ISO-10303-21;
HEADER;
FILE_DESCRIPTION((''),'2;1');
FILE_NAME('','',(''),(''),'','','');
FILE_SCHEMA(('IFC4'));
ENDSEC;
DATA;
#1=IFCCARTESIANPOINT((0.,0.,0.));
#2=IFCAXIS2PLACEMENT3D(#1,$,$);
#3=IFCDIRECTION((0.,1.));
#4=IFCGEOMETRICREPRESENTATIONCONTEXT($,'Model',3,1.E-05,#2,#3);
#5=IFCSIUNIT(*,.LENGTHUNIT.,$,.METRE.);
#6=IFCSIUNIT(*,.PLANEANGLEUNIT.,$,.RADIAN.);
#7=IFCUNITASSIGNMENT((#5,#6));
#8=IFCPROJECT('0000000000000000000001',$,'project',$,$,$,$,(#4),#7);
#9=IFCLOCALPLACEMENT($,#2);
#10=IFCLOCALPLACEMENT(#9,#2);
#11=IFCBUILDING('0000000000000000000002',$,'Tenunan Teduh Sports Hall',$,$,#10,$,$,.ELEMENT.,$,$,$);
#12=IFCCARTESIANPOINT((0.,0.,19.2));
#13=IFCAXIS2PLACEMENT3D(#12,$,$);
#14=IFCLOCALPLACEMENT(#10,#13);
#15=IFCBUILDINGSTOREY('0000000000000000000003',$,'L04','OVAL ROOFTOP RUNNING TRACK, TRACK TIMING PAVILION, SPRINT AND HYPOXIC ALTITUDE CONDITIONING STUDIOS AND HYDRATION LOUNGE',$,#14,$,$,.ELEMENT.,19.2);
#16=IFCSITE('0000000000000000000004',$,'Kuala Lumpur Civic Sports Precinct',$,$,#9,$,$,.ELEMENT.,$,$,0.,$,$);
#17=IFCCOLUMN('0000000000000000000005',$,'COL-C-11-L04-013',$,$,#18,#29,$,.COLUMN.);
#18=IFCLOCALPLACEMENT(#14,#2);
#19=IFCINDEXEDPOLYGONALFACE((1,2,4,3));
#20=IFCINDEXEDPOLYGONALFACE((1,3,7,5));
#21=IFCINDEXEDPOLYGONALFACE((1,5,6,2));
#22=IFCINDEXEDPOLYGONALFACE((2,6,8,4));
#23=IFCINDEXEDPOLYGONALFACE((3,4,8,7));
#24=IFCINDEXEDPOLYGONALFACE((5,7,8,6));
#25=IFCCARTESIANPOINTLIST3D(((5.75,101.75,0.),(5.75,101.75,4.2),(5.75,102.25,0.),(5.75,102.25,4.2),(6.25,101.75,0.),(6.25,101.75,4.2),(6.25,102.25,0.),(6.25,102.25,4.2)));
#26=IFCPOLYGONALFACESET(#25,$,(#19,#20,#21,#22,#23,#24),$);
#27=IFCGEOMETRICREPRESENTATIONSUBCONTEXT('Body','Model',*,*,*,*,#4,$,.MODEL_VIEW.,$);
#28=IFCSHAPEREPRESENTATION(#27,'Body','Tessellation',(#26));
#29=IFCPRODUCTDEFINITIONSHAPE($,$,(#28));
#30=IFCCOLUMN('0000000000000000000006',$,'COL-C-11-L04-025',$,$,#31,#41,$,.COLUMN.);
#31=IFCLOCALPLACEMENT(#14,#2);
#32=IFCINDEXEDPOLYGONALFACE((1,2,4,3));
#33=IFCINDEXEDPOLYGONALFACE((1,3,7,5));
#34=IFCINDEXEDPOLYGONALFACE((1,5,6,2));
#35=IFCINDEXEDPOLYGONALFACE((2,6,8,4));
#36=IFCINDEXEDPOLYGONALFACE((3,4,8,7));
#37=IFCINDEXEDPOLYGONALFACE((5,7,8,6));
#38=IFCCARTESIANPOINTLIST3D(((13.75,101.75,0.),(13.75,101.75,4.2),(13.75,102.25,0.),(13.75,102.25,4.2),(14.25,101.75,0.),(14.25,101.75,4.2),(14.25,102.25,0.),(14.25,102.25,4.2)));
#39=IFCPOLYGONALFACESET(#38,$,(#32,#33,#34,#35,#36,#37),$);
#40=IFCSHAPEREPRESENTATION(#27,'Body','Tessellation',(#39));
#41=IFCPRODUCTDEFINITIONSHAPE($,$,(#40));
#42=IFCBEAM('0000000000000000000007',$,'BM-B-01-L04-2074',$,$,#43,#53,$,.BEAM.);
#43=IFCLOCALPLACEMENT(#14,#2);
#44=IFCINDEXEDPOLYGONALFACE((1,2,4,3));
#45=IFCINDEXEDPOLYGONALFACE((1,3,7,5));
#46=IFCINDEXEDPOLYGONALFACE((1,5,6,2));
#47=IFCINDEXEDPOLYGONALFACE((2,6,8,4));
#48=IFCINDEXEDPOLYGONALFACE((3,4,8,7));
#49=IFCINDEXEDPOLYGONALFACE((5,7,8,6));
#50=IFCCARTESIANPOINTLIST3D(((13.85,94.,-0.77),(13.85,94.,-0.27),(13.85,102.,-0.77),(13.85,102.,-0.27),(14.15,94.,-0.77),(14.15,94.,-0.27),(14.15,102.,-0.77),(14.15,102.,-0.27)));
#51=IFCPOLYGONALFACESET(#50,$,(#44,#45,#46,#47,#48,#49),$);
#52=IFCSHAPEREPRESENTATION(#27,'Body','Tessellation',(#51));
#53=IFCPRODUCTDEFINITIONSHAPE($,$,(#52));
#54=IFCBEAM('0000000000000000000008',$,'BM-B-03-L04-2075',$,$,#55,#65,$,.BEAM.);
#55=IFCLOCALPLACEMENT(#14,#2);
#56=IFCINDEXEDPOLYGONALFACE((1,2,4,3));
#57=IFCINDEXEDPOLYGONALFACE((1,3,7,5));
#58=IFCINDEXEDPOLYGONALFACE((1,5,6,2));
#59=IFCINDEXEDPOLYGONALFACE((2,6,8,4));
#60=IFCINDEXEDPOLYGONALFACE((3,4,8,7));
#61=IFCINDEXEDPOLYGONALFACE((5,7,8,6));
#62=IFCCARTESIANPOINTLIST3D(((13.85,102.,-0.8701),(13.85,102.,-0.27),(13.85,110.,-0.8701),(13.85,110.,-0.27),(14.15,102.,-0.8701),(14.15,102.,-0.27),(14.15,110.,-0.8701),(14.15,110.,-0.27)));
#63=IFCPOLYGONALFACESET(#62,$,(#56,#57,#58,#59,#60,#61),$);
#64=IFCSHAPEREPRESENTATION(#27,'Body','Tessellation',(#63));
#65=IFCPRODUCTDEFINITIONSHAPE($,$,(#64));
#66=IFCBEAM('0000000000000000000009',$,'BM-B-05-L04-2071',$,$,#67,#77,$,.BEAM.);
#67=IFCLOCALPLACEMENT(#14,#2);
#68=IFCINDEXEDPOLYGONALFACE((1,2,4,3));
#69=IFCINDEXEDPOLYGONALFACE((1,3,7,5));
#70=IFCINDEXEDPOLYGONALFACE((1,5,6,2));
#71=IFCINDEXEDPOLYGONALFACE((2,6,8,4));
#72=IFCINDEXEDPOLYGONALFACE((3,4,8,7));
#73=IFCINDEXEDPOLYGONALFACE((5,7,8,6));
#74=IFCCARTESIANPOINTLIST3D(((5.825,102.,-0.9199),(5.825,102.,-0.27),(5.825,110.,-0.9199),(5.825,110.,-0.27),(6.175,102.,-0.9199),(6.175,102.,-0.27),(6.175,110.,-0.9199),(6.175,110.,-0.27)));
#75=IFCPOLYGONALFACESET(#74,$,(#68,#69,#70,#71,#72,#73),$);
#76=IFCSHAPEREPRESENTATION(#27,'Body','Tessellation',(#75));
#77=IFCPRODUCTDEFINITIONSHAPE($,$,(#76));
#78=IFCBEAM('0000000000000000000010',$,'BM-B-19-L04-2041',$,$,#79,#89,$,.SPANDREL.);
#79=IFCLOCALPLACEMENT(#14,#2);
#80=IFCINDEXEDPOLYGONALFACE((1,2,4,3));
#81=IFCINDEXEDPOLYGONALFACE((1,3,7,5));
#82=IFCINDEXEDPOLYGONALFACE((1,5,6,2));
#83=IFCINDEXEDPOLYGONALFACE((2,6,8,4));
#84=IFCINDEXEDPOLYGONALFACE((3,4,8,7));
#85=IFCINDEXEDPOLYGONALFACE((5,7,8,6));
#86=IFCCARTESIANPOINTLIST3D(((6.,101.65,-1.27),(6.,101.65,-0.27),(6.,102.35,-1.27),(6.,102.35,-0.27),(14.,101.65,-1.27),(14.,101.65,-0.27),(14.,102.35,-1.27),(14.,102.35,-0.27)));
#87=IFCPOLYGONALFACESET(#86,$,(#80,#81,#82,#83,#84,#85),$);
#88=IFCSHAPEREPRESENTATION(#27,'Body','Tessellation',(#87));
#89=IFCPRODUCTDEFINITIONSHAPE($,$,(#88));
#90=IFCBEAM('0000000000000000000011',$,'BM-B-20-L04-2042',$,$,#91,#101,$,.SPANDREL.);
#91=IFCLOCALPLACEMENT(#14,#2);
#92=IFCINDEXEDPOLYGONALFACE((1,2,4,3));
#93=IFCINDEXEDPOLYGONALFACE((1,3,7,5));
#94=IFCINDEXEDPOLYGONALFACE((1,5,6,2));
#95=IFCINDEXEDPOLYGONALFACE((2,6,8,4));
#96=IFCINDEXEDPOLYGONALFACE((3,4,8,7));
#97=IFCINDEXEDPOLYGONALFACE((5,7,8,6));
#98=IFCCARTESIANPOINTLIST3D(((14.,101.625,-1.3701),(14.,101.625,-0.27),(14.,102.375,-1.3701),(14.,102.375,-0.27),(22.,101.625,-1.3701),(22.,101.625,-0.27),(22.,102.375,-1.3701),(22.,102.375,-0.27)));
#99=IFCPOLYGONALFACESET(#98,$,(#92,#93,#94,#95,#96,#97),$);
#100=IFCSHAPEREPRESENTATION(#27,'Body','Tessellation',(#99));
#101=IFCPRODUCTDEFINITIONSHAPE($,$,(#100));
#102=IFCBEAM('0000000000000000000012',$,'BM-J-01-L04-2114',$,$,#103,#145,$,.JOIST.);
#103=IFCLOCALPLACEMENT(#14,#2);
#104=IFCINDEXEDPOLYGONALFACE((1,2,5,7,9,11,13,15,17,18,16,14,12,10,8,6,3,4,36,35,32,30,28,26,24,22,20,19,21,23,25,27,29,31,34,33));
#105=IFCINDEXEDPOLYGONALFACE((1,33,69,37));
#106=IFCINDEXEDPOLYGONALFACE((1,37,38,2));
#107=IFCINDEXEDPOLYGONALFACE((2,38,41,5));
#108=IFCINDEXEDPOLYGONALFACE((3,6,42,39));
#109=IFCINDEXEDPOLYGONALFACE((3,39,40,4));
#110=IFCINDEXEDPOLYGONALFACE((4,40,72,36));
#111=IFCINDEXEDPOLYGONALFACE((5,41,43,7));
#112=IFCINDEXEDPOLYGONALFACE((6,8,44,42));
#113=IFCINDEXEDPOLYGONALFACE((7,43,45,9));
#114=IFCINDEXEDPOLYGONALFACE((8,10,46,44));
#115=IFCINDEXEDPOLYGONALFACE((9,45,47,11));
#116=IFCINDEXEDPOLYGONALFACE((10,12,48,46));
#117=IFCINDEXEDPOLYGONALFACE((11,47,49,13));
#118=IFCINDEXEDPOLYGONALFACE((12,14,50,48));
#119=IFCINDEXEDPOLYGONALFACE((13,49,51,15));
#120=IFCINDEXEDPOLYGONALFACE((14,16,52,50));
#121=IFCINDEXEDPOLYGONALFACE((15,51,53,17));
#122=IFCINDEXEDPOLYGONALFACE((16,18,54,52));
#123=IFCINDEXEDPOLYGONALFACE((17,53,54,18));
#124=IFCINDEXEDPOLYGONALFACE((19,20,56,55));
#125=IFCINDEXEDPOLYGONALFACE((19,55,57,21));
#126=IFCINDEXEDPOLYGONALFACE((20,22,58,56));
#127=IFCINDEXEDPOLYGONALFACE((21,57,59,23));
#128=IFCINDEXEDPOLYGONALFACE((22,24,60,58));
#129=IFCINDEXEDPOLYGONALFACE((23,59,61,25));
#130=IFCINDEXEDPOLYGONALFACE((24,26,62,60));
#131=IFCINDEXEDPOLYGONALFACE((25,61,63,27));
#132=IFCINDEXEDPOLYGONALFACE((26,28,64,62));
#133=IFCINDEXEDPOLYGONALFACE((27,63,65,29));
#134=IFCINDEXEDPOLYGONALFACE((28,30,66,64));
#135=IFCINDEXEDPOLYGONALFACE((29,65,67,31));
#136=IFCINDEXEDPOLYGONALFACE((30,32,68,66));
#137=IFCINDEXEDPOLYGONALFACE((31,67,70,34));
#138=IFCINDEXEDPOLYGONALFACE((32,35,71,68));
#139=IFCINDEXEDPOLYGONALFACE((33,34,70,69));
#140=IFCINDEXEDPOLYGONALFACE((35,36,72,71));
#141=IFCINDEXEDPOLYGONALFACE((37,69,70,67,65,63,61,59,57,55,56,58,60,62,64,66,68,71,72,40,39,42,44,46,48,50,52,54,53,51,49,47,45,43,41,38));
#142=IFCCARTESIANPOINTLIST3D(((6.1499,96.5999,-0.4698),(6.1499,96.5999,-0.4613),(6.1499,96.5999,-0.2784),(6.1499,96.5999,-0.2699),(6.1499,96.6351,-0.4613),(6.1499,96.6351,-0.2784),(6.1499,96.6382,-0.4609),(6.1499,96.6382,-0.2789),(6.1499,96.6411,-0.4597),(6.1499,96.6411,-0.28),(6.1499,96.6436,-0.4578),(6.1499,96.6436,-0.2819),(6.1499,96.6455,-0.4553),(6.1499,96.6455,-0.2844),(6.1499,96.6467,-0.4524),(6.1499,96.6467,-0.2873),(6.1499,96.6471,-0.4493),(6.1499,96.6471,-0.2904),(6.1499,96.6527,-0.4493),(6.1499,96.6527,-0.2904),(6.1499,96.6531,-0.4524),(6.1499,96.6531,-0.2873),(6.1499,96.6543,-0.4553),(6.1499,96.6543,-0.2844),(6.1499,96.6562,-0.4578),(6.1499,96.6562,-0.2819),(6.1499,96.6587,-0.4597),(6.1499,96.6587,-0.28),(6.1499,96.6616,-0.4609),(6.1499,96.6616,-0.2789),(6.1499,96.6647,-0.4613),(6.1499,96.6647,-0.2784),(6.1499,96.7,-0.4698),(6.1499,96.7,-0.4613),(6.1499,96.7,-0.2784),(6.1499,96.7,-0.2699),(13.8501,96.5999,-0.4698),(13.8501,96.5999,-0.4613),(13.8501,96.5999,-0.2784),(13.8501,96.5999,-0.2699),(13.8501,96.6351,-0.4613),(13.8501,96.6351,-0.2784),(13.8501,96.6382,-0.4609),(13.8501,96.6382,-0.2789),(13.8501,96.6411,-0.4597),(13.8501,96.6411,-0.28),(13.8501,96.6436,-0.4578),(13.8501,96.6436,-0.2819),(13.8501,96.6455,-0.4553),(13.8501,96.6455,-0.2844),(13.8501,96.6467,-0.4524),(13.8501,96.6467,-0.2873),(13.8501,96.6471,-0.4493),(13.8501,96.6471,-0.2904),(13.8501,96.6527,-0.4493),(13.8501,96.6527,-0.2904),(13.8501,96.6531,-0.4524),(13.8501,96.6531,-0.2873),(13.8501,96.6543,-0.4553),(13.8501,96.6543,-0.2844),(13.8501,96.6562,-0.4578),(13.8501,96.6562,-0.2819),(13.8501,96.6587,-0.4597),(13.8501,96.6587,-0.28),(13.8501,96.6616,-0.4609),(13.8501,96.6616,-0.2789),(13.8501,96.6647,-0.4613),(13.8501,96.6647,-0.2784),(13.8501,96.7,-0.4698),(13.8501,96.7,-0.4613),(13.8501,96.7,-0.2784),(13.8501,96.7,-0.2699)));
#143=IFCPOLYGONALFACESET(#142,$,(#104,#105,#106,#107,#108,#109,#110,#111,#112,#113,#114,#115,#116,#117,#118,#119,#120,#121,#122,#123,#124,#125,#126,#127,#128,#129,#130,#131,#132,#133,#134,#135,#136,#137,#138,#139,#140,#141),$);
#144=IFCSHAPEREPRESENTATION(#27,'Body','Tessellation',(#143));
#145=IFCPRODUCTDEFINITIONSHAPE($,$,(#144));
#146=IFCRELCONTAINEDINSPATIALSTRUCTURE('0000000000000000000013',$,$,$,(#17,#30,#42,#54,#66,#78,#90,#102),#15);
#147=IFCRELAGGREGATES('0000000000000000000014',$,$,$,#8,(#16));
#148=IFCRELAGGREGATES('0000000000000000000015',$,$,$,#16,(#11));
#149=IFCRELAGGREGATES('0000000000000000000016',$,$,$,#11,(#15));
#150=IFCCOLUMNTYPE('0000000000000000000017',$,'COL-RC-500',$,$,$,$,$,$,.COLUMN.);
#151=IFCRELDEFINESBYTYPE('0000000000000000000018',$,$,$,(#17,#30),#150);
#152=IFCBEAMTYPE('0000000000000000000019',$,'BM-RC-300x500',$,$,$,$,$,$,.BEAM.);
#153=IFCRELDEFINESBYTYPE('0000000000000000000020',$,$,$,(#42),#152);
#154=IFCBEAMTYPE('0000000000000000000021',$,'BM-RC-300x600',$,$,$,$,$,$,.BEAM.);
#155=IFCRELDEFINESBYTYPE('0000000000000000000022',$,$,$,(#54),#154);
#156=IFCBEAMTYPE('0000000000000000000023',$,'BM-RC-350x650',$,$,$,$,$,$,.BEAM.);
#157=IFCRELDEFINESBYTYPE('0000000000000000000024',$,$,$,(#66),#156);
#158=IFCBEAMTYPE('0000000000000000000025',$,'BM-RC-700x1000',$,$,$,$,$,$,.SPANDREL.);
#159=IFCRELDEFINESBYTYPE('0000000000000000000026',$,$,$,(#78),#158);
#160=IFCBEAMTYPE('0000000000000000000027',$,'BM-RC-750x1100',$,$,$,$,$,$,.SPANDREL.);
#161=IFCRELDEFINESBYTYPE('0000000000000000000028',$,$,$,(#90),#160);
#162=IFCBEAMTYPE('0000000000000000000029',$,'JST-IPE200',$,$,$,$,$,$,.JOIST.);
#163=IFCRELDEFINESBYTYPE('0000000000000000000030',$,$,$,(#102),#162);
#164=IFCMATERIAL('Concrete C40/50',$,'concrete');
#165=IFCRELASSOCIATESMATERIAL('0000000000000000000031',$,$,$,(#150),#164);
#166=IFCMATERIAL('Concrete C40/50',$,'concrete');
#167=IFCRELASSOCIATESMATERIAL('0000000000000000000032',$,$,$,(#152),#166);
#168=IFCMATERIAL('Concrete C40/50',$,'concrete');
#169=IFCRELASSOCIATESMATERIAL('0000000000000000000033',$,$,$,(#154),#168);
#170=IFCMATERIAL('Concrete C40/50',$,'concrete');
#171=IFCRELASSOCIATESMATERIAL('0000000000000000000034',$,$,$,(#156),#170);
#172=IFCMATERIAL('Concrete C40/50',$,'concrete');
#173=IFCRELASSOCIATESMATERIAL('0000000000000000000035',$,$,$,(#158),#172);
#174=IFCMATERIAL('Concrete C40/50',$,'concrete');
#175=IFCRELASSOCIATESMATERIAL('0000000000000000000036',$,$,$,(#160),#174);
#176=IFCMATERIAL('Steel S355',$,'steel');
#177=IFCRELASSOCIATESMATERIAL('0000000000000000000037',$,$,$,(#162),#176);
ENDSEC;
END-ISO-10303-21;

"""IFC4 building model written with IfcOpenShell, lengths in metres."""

from ifc_helpers import new_model, si_unit, direction, frame, origin, origin_2d, place, context, subcontext, project, spatial, rectangle, i_section, extrude, material, material_profile, profile_set, type_object, element, save


model = new_model("IFC4")

# Units and contexts
model_context = context("Model", 3, precision=1e-05, world=origin(), true_north=direction((0.0, 1.0)))
body_context = subcontext(model_context, "Body", "Model", "MODEL_VIEW")
ifc_project = project(units=[si_unit("LENGTHUNIT", "METRE"), si_unit("PLANEANGLEUNIT", "RADIAN")], contexts=[model_context])

# Site, building, storey
site_placement = place(None, origin())
site = spatial("IfcSite", under=ifc_project, at=site_placement, Name="Kuala Lumpur Civic Sports Precinct", CompositionType="ELEMENT", RefElevation=0.0)
building_placement = place(site_placement, origin())
building = spatial("IfcBuilding", under=site, at=building_placement, Name="Tenunan Teduh Sports Hall", CompositionType="ELEMENT")
storey_placement = place(building_placement, frame((0.0, 0.0, 19.2)))
storey = spatial("IfcBuildingStorey", under=building, at=storey_placement, Name="L04", Description="OVAL ROOFTOP RUNNING TRACK, TRACK TIMING PAVILION, SPRINT AND HYPOXIC ALTITUDE CONDITIONING STUDIOS AND HYDRATION LOUNGE", CompositionType="ELEMENT", Elevation=19.2)

# Columns
ifc_material_1 = material(Name="Concrete C40/50", Category="concrete")
ifc_material_profile_1 = material_profile(ifc_material_1, rectangle(XDim=0.5, YDim=0.5, at=origin_2d()), Name="RC 500x500")
ifc_profile_set_1 = profile_set([ifc_material_profile_1], Name="Concrete C40/50")
column_type = type_object("IfcColumnType", Name="COL-RC-500", PredefinedType="COLUMN", material=ifc_profile_set_1)
for number, where, z_axis, x_axis, name in (
    (1, (6.0, 102.0, 0.0), (0.0, 0.0, 1.0), (1.0, 0.0, 0.0), "COL-C-11-L04-013"),
    (2, (14.0, 102.0, 0.0), (0.0, 0.0, 1.0), (1.0, 0.0, 0.0), "COL-C-11-L04-025"),
):
    element("IfcColumn", number, at=place(storey_placement, frame(where, z_axis=z_axis, x_axis=x_axis)), inside=storey, type_object=column_type, Name=name, PredefinedType="COLUMN", context=body_context, shape_type="SweptSolid", body=[
        extrude(rectangle(XDim=0.5, YDim=0.5, at=origin_2d()), origin(), (0.0, 0.0, 1.0), 4.2),
    ])

# Beams
ifc_material_2 = material(Name="Concrete C40/50", Category="concrete")
ifc_material_profile_2 = material_profile(ifc_material_2, rectangle(XDim=0.3, YDim=0.5, at=origin_2d()), Name="RCB 300x500")
ifc_profile_set_2 = profile_set([ifc_material_profile_2], Name="Concrete C40/50")
beam_type_1 = type_object("IfcBeamType", Name="BM-RC-300x500", PredefinedType="BEAM", material=ifc_profile_set_2)
beam_1_placement = place(storey_placement, frame((14.0, 94.0, -0.52), z_axis=(0.0, 1.0, 0.0), x_axis=(-1.0, 0.0, 0.0)))
element("IfcBeam", 3, at=beam_1_placement, inside=storey, type_object=beam_type_1, Name="BM-B-01-L04-2074", PredefinedType="BEAM", context=body_context, shape_type="SweptSolid", body=[
    extrude(rectangle(XDim=0.3, YDim=0.5, at=origin_2d()), origin(), (0.0, 0.0, 1.0), 8.0),
])
ifc_material_3 = material(Name="Concrete C40/50", Category="concrete")
ifc_material_profile_3 = material_profile(ifc_material_3, rectangle(XDim=0.3, YDim=0.6001, at=origin_2d()), Name="RCB 300x600")
ifc_profile_set_3 = profile_set([ifc_material_profile_3], Name="Concrete C40/50")
beam_type_2 = type_object("IfcBeamType", Name="BM-RC-300x600", PredefinedType="BEAM", material=ifc_profile_set_3)
beam_2_placement = place(storey_placement, frame((14.0, 102.0, -0.5701), z_axis=(0.0, 1.0, 0.0), x_axis=(-1.0, 0.0, 0.0)))
element("IfcBeam", 4, at=beam_2_placement, inside=storey, type_object=beam_type_2, Name="BM-B-03-L04-2075", PredefinedType="BEAM", context=body_context, shape_type="SweptSolid", body=[
    extrude(rectangle(XDim=0.3, YDim=0.6001, at=origin_2d()), origin(), (0.0, 0.0, 1.0), 8.0),
])
ifc_material_4 = material(Name="Concrete C40/50", Category="concrete")
ifc_material_profile_4 = material_profile(ifc_material_4, rectangle(XDim=0.3501, YDim=0.6499, at=origin_2d()), Name="RCB 350x650")
ifc_profile_set_4 = profile_set([ifc_material_profile_4], Name="Concrete C40/50")
beam_type_3 = type_object("IfcBeamType", Name="BM-RC-350x650", PredefinedType="BEAM", material=ifc_profile_set_4)
beam_3_placement = place(storey_placement, frame((6.0, 102.0, -0.595), z_axis=(0.0, 1.0, 0.0), x_axis=(-1.0, 0.0, 0.0)))
element("IfcBeam", 5, at=beam_3_placement, inside=storey, type_object=beam_type_3, Name="BM-B-05-L04-2071", PredefinedType="BEAM", context=body_context, shape_type="SweptSolid", body=[
    extrude(rectangle(XDim=0.3501, YDim=0.6499, at=origin_2d()), origin(), (0.0, 0.0, 1.0), 8.0),
])
ifc_material_5 = material(Name="Concrete C40/50", Category="concrete")
ifc_material_profile_5 = material_profile(ifc_material_5, rectangle(XDim=0.7, YDim=1.0, at=origin_2d()), Name="RCB 700x1000")
ifc_profile_set_5 = profile_set([ifc_material_profile_5], Name="Concrete C40/50")
beam_type_4 = type_object("IfcBeamType", Name="BM-RC-700x1000", PredefinedType="SPANDREL", material=ifc_profile_set_5)
beam_4_placement = place(storey_placement, frame((6.0, 102.0, -0.77), z_axis=(1.0, 0.0, 0.0), x_axis=(0.0, 1.0, 0.0)))
element("IfcBeam", 6, at=beam_4_placement, inside=storey, type_object=beam_type_4, Name="BM-B-19-L04-2041", PredefinedType="SPANDREL", context=body_context, shape_type="SweptSolid", body=[
    extrude(rectangle(XDim=0.7, YDim=1.0, at=origin_2d()), origin(), (0.0, 0.0, 1.0), 8.0),
])
ifc_material_6 = material(Name="Concrete C40/50", Category="concrete")
ifc_material_profile_6 = material_profile(ifc_material_6, rectangle(XDim=0.75, YDim=1.1001, at=origin_2d()), Name="RCB 750x1100")
ifc_profile_set_6 = profile_set([ifc_material_profile_6], Name="Concrete C40/50")
beam_type_5 = type_object("IfcBeamType", Name="BM-RC-750x1100", PredefinedType="SPANDREL", material=ifc_profile_set_6)
beam_5_placement = place(storey_placement, frame((14.0, 102.0, -0.8201), z_axis=(1.0, 0.0, 0.0), x_axis=(0.0, 1.0, 0.0)))
element("IfcBeam", 7, at=beam_5_placement, inside=storey, type_object=beam_type_5, Name="BM-B-20-L04-2042", PredefinedType="SPANDREL", context=body_context, shape_type="SweptSolid", body=[
    extrude(rectangle(XDim=0.75, YDim=1.1001, at=origin_2d()), origin(), (0.0, 0.0, 1.0), 8.0),
])
ifc_material_7 = material(Name="Steel S355", Category="steel")
ifc_material_profile_7 = material_profile(ifc_material_7, i_section(OverallWidth=0.1001, OverallDepth=0.2, WebThickness=0.0056, FlangeThickness=0.0085, FilletRadius=0.012, at=origin_2d()), Name="IPE 200")
ifc_profile_set_7 = profile_set([ifc_material_profile_7], Name="Steel S355")
beam_type_6 = type_object("IfcBeamType", Name="JST-IPE200", PredefinedType="JOIST", material=ifc_profile_set_7)
beam_6_placement = place(storey_placement, frame((6.1499, 96.6499, -0.3699), z_axis=(1.0, 0.0, 0.0), x_axis=(0.0, 1.0, 0.0)))
element("IfcBeam", 8, at=beam_6_placement, inside=storey, type_object=beam_type_6, Name="BM-J-01-L04-2114", PredefinedType="JOIST", context=body_context, shape_type="SweptSolid", body=[
    extrude(i_section(OverallWidth=0.1001, OverallDepth=0.2, WebThickness=0.0056, FlangeThickness=0.0085, FilletRadius=0.012, at=origin_2d()), origin(), (0.0, 0.0, 1.0), 7.7002),
])

save(model, "model.ifc")
